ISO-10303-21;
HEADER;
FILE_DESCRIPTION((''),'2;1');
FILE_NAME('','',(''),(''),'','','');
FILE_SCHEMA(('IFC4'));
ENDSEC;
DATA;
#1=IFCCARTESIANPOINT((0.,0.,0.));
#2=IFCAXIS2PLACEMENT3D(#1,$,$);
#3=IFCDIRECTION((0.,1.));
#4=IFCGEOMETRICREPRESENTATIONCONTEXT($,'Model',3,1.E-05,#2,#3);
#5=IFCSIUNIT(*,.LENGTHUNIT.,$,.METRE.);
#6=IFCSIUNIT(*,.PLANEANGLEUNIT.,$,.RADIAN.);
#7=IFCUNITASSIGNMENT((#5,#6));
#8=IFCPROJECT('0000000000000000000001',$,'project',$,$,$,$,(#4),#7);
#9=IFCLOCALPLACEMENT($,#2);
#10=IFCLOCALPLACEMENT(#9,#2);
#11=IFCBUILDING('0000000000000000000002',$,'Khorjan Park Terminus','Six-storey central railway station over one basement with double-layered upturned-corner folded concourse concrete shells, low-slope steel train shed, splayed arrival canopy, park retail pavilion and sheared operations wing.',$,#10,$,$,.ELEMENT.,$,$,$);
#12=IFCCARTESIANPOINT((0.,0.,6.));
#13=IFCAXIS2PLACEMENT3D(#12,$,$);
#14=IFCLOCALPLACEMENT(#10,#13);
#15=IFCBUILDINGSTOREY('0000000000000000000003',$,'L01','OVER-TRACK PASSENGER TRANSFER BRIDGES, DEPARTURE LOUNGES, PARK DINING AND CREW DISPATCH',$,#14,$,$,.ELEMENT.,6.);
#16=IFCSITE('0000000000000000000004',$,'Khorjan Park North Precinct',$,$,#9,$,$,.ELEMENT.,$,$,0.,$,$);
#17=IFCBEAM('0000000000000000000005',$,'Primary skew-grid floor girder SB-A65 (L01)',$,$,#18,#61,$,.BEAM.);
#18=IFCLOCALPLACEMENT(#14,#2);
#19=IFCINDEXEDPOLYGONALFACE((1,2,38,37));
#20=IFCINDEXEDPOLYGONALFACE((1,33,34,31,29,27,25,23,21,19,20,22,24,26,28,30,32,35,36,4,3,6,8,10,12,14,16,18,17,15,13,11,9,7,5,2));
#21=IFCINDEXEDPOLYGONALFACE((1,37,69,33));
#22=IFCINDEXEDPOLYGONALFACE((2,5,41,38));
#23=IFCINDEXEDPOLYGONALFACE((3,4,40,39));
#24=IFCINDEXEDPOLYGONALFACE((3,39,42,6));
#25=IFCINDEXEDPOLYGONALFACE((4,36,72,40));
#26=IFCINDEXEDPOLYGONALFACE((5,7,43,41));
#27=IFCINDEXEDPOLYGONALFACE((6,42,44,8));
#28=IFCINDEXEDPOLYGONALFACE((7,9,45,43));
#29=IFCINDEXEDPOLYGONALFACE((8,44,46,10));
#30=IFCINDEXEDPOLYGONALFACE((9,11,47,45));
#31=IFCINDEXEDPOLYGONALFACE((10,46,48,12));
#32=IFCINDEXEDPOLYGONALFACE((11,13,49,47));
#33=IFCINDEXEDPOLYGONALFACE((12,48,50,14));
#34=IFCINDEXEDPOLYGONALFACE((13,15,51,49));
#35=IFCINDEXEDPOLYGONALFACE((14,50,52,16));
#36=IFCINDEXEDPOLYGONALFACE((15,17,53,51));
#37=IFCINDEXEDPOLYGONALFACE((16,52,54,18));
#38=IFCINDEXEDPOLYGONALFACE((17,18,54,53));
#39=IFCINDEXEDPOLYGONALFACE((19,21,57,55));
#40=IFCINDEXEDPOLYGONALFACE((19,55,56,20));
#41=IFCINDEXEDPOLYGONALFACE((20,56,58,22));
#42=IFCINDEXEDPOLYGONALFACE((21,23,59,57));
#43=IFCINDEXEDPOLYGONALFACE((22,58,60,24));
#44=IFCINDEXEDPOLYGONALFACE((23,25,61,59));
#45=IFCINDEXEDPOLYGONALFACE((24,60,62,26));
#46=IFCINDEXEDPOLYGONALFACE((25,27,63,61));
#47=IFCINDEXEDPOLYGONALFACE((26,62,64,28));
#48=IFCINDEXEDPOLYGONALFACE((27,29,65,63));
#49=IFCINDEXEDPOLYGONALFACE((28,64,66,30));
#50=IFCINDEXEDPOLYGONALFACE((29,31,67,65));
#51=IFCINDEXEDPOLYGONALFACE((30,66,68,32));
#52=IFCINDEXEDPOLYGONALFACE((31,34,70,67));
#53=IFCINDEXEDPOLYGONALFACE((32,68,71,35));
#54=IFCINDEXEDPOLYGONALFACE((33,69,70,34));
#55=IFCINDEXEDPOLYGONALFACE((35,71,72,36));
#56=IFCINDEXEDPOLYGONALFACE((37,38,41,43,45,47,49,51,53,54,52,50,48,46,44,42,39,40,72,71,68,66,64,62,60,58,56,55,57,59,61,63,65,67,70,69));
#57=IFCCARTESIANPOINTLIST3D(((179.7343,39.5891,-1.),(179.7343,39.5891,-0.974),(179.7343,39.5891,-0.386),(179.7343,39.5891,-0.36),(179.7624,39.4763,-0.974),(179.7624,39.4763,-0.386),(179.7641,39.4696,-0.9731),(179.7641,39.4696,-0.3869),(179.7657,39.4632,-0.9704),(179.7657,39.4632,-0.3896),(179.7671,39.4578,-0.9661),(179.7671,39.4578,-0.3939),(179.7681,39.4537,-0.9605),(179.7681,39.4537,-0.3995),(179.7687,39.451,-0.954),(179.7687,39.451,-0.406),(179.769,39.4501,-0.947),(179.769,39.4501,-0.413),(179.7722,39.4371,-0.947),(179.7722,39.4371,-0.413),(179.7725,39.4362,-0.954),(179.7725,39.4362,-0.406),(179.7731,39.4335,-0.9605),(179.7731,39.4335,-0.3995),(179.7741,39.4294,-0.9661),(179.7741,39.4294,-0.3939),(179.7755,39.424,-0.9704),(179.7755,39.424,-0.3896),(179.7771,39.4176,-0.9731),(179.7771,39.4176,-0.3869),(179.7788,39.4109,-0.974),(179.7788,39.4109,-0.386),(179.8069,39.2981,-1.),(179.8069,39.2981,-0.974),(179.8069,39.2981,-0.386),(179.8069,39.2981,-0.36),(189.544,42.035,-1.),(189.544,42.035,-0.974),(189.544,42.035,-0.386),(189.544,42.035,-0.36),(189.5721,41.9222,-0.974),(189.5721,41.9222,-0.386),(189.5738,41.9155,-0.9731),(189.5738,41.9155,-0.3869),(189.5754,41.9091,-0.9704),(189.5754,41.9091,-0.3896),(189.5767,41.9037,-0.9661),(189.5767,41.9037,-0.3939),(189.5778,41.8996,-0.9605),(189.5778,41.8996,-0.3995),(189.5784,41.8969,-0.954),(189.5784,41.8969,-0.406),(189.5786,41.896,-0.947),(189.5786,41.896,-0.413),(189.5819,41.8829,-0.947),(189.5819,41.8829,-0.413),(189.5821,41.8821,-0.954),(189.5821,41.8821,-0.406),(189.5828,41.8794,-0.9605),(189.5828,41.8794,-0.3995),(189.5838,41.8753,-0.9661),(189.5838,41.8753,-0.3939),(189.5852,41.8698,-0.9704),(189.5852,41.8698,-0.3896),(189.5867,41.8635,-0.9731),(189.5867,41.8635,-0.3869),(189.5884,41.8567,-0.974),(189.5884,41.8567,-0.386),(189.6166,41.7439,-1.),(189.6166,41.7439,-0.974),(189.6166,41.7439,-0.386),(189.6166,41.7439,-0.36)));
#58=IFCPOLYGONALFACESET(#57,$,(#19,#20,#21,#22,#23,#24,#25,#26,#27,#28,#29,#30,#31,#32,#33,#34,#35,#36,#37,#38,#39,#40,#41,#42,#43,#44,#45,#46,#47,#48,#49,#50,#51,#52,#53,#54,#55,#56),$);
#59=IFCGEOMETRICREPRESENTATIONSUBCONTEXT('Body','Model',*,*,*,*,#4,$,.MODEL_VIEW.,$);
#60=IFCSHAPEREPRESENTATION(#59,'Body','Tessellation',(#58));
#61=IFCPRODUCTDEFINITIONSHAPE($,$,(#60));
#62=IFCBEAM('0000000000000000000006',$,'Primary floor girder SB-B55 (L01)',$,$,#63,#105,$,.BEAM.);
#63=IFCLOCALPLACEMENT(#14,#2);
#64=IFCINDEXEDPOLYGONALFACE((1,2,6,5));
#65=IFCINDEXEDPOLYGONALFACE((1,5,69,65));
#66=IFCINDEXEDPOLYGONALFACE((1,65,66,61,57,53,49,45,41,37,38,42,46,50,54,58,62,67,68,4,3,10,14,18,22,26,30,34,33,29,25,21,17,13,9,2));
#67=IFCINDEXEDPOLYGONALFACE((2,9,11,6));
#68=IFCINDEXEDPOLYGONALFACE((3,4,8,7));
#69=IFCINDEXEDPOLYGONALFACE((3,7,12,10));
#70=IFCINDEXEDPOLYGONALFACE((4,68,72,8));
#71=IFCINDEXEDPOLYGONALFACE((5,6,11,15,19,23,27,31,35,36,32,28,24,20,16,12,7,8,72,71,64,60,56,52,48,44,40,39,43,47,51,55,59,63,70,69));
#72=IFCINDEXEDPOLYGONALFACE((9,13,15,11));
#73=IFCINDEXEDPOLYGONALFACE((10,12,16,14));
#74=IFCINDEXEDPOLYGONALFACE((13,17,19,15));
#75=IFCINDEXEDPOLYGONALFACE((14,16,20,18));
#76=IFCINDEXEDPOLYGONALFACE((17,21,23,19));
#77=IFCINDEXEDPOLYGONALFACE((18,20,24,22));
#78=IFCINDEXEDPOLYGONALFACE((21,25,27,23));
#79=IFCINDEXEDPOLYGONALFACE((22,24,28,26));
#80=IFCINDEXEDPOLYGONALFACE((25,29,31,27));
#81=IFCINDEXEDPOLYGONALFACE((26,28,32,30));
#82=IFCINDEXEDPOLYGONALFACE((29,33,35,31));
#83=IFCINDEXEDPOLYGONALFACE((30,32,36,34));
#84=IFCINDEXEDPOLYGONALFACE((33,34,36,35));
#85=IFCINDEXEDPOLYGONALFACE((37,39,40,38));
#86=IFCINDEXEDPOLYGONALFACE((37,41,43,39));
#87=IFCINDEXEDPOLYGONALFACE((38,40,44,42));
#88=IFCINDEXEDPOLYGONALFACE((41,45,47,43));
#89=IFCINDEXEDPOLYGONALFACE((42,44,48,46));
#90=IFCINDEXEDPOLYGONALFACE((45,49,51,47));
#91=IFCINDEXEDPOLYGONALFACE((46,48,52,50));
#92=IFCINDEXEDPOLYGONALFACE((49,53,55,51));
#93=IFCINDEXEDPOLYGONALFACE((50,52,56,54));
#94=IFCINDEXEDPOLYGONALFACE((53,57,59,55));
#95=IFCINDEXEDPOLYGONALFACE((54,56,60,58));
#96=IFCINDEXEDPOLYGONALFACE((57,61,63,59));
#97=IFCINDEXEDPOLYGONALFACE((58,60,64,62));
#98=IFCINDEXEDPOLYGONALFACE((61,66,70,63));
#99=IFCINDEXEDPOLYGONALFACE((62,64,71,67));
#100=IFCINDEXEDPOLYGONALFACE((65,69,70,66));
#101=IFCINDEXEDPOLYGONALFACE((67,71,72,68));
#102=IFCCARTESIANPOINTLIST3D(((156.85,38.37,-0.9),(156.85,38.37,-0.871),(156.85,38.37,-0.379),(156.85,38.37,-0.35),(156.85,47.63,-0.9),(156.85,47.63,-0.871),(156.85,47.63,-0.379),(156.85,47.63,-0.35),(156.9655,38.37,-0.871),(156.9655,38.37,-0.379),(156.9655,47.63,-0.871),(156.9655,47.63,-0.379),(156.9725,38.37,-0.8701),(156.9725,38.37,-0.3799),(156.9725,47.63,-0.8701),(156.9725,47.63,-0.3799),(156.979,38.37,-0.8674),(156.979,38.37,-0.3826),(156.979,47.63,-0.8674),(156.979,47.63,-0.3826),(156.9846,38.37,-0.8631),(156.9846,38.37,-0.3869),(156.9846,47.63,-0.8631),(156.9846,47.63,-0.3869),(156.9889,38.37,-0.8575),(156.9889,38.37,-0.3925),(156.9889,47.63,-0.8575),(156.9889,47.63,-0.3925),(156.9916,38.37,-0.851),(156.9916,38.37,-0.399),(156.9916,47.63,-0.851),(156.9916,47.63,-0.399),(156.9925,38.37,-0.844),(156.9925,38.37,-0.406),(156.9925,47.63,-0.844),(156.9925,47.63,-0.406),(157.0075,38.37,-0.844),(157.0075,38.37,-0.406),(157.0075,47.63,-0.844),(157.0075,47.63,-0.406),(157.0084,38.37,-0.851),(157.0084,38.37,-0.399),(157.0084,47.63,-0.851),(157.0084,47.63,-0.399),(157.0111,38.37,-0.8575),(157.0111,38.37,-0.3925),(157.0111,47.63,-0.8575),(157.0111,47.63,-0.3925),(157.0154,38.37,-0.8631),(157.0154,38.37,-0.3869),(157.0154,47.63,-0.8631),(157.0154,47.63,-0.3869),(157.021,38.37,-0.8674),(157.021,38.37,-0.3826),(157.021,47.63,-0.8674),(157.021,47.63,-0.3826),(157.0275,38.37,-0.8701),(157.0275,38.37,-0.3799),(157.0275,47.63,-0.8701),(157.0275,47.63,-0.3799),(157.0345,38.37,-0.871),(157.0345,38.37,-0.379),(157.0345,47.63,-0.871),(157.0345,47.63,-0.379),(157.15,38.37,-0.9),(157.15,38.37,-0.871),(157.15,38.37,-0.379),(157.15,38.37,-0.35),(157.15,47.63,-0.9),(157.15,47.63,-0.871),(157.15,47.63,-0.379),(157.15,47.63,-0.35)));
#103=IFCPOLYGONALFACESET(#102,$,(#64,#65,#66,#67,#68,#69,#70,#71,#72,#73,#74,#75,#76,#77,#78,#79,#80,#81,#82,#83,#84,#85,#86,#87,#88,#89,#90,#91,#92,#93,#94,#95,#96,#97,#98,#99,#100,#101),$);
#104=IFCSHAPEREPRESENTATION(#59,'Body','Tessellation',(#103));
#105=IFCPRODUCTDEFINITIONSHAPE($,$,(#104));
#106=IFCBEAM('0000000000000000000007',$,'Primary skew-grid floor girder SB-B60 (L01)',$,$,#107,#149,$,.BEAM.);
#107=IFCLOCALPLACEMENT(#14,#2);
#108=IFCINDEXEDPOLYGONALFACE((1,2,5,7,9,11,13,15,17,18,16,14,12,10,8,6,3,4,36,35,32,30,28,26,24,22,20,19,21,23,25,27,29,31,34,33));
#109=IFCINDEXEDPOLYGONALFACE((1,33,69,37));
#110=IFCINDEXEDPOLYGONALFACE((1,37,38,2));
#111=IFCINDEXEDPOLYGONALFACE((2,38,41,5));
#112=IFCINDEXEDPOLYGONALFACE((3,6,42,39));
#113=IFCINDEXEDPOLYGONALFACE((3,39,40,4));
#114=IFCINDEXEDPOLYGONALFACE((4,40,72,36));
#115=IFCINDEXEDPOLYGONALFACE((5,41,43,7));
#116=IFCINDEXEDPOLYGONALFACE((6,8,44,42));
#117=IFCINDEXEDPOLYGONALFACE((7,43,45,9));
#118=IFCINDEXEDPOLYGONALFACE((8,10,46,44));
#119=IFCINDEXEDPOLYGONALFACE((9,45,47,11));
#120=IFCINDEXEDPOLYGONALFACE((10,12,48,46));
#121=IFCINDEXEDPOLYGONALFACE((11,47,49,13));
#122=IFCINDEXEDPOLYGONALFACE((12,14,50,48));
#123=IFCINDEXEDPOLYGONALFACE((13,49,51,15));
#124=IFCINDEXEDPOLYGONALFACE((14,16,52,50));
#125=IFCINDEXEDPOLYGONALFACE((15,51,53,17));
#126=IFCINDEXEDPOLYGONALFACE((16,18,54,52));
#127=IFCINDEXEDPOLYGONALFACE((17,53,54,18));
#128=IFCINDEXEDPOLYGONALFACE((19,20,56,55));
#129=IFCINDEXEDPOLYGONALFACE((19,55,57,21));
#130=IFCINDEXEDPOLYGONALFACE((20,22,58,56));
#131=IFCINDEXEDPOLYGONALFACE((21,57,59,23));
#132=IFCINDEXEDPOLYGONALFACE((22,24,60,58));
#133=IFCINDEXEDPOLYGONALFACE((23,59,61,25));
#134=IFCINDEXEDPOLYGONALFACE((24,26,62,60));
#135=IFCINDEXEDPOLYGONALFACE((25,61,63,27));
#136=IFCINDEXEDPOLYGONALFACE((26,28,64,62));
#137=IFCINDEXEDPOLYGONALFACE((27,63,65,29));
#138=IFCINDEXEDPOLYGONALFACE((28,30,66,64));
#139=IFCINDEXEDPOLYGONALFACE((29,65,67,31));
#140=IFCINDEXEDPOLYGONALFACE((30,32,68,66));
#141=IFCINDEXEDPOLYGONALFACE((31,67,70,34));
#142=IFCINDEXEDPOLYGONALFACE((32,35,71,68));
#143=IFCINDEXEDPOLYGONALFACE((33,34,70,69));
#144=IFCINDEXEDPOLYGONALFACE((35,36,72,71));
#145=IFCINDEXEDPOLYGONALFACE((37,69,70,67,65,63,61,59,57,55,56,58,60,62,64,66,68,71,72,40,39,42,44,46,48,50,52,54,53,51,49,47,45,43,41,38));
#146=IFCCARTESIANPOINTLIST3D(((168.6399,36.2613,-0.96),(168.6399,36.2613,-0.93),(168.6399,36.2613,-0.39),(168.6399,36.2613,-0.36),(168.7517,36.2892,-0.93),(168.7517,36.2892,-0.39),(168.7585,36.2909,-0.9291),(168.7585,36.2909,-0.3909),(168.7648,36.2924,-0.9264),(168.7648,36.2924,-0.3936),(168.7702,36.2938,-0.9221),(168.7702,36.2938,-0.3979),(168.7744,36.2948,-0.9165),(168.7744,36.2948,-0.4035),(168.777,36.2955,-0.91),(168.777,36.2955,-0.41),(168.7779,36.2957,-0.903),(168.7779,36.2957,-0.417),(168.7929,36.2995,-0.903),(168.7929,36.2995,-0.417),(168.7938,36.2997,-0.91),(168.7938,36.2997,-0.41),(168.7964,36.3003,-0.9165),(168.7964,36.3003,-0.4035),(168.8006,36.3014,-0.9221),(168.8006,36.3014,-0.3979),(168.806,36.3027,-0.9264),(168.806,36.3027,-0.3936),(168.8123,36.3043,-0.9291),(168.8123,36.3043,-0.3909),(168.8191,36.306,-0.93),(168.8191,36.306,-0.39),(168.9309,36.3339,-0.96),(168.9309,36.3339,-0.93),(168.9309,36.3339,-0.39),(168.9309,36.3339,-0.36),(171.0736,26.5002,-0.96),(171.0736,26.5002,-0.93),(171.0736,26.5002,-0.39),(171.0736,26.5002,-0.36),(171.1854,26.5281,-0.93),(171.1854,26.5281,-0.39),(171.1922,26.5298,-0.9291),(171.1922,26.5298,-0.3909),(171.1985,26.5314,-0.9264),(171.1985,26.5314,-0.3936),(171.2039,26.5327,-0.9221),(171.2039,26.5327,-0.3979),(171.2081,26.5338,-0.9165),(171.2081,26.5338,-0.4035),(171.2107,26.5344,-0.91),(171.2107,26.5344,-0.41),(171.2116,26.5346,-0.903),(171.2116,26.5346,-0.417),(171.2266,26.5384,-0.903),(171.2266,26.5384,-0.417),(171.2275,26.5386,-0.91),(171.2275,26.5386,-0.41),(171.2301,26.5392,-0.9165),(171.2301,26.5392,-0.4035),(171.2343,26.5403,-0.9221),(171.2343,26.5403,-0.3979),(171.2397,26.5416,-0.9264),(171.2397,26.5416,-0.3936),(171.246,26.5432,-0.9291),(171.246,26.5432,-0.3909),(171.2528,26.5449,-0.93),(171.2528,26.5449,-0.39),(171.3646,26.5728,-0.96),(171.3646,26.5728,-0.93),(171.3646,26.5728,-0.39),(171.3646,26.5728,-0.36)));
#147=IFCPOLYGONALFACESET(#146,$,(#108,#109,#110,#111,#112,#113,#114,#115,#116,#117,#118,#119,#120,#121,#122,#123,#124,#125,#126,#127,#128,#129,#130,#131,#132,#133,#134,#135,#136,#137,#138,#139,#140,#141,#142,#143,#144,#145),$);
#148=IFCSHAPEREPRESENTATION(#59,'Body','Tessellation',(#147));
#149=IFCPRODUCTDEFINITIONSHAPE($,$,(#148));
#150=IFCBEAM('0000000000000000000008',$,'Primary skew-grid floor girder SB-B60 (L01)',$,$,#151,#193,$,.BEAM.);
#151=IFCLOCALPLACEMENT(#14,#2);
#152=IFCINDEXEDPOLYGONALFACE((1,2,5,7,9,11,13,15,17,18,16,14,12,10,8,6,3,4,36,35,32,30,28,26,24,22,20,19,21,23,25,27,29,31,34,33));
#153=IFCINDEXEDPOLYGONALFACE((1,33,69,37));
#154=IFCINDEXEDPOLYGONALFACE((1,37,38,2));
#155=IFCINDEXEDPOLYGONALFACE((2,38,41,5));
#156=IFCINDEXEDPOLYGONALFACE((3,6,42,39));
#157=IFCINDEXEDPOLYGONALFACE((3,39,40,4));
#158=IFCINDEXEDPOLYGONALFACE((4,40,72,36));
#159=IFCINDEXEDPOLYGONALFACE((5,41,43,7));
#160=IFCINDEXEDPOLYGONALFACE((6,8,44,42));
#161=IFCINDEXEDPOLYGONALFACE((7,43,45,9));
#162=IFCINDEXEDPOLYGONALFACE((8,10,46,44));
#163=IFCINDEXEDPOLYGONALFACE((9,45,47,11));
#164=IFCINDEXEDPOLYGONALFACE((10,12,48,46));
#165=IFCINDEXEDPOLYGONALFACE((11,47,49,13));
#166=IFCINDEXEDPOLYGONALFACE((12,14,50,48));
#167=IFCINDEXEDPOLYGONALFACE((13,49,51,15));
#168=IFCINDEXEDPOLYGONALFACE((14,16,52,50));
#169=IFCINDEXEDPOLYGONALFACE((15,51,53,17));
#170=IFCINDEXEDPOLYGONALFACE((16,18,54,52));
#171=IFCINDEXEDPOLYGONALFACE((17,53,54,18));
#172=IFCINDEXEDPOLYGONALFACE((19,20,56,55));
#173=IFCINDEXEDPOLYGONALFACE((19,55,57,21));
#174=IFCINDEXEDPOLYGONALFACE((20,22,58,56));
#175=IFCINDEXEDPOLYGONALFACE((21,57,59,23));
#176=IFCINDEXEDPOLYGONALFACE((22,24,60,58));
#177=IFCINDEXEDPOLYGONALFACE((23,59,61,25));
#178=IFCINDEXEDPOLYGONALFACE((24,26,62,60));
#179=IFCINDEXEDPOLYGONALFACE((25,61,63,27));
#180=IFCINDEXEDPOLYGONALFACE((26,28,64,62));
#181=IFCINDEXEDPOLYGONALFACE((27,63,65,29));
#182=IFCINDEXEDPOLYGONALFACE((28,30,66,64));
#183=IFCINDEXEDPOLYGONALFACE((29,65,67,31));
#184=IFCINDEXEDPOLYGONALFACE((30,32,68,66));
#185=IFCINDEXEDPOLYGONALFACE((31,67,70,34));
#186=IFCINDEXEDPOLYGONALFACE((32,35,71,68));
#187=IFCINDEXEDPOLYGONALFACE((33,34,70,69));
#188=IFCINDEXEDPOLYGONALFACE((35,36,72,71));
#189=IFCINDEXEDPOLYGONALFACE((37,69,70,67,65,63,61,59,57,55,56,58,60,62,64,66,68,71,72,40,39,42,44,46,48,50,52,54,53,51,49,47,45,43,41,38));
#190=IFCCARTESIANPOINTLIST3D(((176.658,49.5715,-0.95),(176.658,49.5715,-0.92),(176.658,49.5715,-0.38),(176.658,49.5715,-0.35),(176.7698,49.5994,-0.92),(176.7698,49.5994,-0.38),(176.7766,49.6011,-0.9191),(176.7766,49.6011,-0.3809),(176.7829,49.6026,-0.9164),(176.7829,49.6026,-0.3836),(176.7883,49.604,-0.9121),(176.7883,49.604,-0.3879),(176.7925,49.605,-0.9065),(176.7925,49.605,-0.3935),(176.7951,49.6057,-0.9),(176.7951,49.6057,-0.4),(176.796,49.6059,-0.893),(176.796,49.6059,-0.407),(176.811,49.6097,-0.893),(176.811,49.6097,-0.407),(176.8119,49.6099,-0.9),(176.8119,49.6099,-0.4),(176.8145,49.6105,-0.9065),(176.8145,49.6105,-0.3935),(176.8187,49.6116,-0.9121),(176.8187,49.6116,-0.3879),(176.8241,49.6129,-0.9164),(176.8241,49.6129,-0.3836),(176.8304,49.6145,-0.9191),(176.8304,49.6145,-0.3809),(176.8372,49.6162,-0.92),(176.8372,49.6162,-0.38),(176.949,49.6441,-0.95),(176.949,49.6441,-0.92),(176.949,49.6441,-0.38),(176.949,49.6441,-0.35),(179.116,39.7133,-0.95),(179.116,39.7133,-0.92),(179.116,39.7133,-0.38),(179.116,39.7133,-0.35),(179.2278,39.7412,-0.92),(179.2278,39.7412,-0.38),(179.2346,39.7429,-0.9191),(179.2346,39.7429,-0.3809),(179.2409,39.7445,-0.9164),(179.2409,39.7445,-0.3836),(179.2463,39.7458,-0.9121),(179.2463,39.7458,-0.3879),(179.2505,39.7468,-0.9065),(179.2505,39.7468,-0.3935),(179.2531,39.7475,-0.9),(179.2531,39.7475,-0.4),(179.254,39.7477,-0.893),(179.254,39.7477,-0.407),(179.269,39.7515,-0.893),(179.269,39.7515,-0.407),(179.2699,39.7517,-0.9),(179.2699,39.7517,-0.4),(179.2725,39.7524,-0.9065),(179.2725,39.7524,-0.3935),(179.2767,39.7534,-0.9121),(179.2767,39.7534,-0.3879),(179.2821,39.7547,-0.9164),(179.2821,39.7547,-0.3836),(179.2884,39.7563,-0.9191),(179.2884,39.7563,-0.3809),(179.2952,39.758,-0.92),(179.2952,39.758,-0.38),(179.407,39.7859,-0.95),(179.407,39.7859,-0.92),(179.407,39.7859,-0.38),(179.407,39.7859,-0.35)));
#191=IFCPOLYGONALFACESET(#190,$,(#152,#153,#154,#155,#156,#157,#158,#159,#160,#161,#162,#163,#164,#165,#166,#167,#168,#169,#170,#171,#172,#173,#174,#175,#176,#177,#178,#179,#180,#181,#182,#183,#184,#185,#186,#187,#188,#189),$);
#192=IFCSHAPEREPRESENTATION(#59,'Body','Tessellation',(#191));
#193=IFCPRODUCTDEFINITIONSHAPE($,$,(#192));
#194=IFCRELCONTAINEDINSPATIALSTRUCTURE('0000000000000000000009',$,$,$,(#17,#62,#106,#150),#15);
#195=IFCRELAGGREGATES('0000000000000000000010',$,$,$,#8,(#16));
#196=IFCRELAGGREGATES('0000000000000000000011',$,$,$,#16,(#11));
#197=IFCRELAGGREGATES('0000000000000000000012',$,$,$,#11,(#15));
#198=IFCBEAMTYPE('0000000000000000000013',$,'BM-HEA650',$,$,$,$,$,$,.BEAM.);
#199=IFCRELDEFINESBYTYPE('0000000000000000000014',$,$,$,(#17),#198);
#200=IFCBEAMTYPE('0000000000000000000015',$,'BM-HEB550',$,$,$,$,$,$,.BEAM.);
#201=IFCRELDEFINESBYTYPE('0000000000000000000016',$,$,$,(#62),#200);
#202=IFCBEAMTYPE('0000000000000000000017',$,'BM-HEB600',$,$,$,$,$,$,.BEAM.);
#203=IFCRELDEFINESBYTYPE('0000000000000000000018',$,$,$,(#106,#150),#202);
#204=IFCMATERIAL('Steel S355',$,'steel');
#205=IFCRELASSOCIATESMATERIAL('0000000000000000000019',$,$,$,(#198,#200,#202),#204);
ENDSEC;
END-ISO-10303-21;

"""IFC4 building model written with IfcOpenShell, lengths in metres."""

from ifc_helpers import new_model, si_unit, direction, frame, origin, origin_2d, place, context, subcontext, project, spatial, i_section, extrude, material, material_profile, profile_set, type_object, element, save


model = new_model("IFC4")

# Units and contexts
model_context = context("Model", 3, precision=1e-05, world=origin(), true_north=direction((0.0, 1.0)))
body_context = subcontext(model_context, "Body", "Model", "MODEL_VIEW")
ifc_project = project(units=[si_unit("LENGTHUNIT", "METRE"), si_unit("PLANEANGLEUNIT", "RADIAN")], contexts=[model_context])

# Site, building, storey
site_placement = place(None, origin())
site = spatial("IfcSite", under=ifc_project, at=site_placement, Name="Khorjan Park North Precinct", CompositionType="ELEMENT", RefElevation=0.0)
building_placement = place(site_placement, origin())
building = spatial("IfcBuilding", under=site, at=building_placement, Name="Khorjan Park Terminus", Description="Six-storey central railway station over one basement with double-layered upturned-corner folded concourse concrete shells, low-slope steel train shed, splayed arrival canopy, park retail pavilion and sheared operations wing.", CompositionType="ELEMENT")
storey_placement = place(building_placement, frame((0.0, 0.0, 6.0)))
storey = spatial("IfcBuildingStorey", under=building, at=storey_placement, Name="L01", Description="OVER-TRACK PASSENGER TRANSFER BRIDGES, DEPARTURE LOUNGES, PARK DINING AND CREW DISPATCH", CompositionType="ELEMENT", Elevation=6.0)

# Beams
ifc_material_1 = material(Name="Steel S355", Category="steel")
ifc_material_profile_1 = material_profile(ifc_material_1, i_section(OverallWidth=0.3, OverallDepth=0.64, WebThickness=0.0135, FlangeThickness=0.026, FilletRadius=0.027, at=origin_2d()), Name="HEA 650")
ifc_profile_set_1 = profile_set([ifc_material_profile_1], Name="Steel S355")
beam_type_1 = type_object("IfcBeamType", Name="BM-HEA650", PredefinedType="BEAM", material=ifc_profile_set_1)
beam_1_placement = place(storey_placement, frame((179.7706, 39.4436, -0.68), z_axis=(0.970294, 0.241928, 0.0), x_axis=(-0.241928, 0.970294, 0.0)))
element("IfcBeam", 1, at=beam_1_placement, inside=storey, type_object=beam_type_1, Name="Primary skew-grid floor girder SB-A65 (L01)", PredefinedType="BEAM", context=body_context, shape_type="SweptSolid", body=[
    extrude(i_section(OverallWidth=0.3, OverallDepth=0.64, WebThickness=0.0135, FlangeThickness=0.026, FilletRadius=0.027, at=origin_2d()), origin(), (0.0, 0.0, 1.0), 10.11),
])
ifc_material_profile_2 = material_profile(ifc_material_1, i_section(OverallWidth=0.3, OverallDepth=0.55, WebThickness=0.015, FlangeThickness=0.029, FilletRadius=0.027, at=origin_2d()), Name="HEB 550")
ifc_profile_set_2 = profile_set([ifc_material_profile_2], Name="Steel S355")
beam_type_2 = type_object("IfcBeamType", Name="BM-HEB550", PredefinedType="BEAM", material=ifc_profile_set_2)
beam_2_placement = place(storey_placement, frame((157.0, 38.37, -0.625), z_axis=(0.0, 1.0, 0.0), x_axis=(-1.0, 0.0, 0.0)))
element("IfcBeam", 2, at=beam_2_placement, inside=storey, type_object=beam_type_2, Name="Primary floor girder SB-B55 (L01)", PredefinedType="BEAM", context=body_context, shape_type="SweptSolid", body=[
    extrude(i_section(OverallWidth=0.3, OverallDepth=0.55, WebThickness=0.015, FlangeThickness=0.029, FilletRadius=0.027, at=origin_2d()), origin(), (0.0, 0.0, 1.0), 9.26),
])
ifc_material_profile_3 = material_profile(ifc_material_1, i_section(OverallWidth=0.3, OverallDepth=0.6, WebThickness=0.0155, FlangeThickness=0.03, FilletRadius=0.027, at=origin_2d()), Name="HEB 600")
ifc_profile_set_3 = profile_set([ifc_material_profile_3], Name="Steel S355")
beam_type_3 = type_object("IfcBeamType", Name="BM-HEB600", PredefinedType="BEAM", material=ifc_profile_set_3)
beam_3_placement = place(storey_placement, frame((171.2191, 26.5365, -0.66), z_axis=(-0.24192, 0.970296, 0.0), x_axis=(-0.970296, -0.24192, 0.0)))
element("IfcBeam", 3, at=beam_3_placement, inside=storey, type_object=beam_type_3, Name="Primary skew-grid floor girder SB-B60 (L01)", PredefinedType="BEAM", context=body_context, shape_type="SweptSolid", body=[
    extrude(i_section(OverallWidth=0.3, OverallDepth=0.6, WebThickness=0.0155, FlangeThickness=0.03, FilletRadius=0.027, at=origin_2d()), origin(), (0.0, 0.0, 1.0), 10.0599),
])
beam_4_placement = place(storey_placement, frame((179.2615, 39.7496, -0.65), z_axis=(-0.241929, 0.970294, 0.0), x_axis=(-0.970294, -0.241929, 0.0)))
element("IfcBeam", 4, at=beam_4_placement, inside=storey, type_object=beam_type_3, Name="Primary skew-grid floor girder SB-B60 (L01)", PredefinedType="BEAM", context=body_context, shape_type="SweptSolid", body=[
    extrude(i_section(OverallWidth=0.3, OverallDepth=0.6, WebThickness=0.0155, FlangeThickness=0.03, FilletRadius=0.027, at=origin_2d()), origin(), (0.0, 0.0, 1.0), 10.16),
])

save(model, "model.ifc")
